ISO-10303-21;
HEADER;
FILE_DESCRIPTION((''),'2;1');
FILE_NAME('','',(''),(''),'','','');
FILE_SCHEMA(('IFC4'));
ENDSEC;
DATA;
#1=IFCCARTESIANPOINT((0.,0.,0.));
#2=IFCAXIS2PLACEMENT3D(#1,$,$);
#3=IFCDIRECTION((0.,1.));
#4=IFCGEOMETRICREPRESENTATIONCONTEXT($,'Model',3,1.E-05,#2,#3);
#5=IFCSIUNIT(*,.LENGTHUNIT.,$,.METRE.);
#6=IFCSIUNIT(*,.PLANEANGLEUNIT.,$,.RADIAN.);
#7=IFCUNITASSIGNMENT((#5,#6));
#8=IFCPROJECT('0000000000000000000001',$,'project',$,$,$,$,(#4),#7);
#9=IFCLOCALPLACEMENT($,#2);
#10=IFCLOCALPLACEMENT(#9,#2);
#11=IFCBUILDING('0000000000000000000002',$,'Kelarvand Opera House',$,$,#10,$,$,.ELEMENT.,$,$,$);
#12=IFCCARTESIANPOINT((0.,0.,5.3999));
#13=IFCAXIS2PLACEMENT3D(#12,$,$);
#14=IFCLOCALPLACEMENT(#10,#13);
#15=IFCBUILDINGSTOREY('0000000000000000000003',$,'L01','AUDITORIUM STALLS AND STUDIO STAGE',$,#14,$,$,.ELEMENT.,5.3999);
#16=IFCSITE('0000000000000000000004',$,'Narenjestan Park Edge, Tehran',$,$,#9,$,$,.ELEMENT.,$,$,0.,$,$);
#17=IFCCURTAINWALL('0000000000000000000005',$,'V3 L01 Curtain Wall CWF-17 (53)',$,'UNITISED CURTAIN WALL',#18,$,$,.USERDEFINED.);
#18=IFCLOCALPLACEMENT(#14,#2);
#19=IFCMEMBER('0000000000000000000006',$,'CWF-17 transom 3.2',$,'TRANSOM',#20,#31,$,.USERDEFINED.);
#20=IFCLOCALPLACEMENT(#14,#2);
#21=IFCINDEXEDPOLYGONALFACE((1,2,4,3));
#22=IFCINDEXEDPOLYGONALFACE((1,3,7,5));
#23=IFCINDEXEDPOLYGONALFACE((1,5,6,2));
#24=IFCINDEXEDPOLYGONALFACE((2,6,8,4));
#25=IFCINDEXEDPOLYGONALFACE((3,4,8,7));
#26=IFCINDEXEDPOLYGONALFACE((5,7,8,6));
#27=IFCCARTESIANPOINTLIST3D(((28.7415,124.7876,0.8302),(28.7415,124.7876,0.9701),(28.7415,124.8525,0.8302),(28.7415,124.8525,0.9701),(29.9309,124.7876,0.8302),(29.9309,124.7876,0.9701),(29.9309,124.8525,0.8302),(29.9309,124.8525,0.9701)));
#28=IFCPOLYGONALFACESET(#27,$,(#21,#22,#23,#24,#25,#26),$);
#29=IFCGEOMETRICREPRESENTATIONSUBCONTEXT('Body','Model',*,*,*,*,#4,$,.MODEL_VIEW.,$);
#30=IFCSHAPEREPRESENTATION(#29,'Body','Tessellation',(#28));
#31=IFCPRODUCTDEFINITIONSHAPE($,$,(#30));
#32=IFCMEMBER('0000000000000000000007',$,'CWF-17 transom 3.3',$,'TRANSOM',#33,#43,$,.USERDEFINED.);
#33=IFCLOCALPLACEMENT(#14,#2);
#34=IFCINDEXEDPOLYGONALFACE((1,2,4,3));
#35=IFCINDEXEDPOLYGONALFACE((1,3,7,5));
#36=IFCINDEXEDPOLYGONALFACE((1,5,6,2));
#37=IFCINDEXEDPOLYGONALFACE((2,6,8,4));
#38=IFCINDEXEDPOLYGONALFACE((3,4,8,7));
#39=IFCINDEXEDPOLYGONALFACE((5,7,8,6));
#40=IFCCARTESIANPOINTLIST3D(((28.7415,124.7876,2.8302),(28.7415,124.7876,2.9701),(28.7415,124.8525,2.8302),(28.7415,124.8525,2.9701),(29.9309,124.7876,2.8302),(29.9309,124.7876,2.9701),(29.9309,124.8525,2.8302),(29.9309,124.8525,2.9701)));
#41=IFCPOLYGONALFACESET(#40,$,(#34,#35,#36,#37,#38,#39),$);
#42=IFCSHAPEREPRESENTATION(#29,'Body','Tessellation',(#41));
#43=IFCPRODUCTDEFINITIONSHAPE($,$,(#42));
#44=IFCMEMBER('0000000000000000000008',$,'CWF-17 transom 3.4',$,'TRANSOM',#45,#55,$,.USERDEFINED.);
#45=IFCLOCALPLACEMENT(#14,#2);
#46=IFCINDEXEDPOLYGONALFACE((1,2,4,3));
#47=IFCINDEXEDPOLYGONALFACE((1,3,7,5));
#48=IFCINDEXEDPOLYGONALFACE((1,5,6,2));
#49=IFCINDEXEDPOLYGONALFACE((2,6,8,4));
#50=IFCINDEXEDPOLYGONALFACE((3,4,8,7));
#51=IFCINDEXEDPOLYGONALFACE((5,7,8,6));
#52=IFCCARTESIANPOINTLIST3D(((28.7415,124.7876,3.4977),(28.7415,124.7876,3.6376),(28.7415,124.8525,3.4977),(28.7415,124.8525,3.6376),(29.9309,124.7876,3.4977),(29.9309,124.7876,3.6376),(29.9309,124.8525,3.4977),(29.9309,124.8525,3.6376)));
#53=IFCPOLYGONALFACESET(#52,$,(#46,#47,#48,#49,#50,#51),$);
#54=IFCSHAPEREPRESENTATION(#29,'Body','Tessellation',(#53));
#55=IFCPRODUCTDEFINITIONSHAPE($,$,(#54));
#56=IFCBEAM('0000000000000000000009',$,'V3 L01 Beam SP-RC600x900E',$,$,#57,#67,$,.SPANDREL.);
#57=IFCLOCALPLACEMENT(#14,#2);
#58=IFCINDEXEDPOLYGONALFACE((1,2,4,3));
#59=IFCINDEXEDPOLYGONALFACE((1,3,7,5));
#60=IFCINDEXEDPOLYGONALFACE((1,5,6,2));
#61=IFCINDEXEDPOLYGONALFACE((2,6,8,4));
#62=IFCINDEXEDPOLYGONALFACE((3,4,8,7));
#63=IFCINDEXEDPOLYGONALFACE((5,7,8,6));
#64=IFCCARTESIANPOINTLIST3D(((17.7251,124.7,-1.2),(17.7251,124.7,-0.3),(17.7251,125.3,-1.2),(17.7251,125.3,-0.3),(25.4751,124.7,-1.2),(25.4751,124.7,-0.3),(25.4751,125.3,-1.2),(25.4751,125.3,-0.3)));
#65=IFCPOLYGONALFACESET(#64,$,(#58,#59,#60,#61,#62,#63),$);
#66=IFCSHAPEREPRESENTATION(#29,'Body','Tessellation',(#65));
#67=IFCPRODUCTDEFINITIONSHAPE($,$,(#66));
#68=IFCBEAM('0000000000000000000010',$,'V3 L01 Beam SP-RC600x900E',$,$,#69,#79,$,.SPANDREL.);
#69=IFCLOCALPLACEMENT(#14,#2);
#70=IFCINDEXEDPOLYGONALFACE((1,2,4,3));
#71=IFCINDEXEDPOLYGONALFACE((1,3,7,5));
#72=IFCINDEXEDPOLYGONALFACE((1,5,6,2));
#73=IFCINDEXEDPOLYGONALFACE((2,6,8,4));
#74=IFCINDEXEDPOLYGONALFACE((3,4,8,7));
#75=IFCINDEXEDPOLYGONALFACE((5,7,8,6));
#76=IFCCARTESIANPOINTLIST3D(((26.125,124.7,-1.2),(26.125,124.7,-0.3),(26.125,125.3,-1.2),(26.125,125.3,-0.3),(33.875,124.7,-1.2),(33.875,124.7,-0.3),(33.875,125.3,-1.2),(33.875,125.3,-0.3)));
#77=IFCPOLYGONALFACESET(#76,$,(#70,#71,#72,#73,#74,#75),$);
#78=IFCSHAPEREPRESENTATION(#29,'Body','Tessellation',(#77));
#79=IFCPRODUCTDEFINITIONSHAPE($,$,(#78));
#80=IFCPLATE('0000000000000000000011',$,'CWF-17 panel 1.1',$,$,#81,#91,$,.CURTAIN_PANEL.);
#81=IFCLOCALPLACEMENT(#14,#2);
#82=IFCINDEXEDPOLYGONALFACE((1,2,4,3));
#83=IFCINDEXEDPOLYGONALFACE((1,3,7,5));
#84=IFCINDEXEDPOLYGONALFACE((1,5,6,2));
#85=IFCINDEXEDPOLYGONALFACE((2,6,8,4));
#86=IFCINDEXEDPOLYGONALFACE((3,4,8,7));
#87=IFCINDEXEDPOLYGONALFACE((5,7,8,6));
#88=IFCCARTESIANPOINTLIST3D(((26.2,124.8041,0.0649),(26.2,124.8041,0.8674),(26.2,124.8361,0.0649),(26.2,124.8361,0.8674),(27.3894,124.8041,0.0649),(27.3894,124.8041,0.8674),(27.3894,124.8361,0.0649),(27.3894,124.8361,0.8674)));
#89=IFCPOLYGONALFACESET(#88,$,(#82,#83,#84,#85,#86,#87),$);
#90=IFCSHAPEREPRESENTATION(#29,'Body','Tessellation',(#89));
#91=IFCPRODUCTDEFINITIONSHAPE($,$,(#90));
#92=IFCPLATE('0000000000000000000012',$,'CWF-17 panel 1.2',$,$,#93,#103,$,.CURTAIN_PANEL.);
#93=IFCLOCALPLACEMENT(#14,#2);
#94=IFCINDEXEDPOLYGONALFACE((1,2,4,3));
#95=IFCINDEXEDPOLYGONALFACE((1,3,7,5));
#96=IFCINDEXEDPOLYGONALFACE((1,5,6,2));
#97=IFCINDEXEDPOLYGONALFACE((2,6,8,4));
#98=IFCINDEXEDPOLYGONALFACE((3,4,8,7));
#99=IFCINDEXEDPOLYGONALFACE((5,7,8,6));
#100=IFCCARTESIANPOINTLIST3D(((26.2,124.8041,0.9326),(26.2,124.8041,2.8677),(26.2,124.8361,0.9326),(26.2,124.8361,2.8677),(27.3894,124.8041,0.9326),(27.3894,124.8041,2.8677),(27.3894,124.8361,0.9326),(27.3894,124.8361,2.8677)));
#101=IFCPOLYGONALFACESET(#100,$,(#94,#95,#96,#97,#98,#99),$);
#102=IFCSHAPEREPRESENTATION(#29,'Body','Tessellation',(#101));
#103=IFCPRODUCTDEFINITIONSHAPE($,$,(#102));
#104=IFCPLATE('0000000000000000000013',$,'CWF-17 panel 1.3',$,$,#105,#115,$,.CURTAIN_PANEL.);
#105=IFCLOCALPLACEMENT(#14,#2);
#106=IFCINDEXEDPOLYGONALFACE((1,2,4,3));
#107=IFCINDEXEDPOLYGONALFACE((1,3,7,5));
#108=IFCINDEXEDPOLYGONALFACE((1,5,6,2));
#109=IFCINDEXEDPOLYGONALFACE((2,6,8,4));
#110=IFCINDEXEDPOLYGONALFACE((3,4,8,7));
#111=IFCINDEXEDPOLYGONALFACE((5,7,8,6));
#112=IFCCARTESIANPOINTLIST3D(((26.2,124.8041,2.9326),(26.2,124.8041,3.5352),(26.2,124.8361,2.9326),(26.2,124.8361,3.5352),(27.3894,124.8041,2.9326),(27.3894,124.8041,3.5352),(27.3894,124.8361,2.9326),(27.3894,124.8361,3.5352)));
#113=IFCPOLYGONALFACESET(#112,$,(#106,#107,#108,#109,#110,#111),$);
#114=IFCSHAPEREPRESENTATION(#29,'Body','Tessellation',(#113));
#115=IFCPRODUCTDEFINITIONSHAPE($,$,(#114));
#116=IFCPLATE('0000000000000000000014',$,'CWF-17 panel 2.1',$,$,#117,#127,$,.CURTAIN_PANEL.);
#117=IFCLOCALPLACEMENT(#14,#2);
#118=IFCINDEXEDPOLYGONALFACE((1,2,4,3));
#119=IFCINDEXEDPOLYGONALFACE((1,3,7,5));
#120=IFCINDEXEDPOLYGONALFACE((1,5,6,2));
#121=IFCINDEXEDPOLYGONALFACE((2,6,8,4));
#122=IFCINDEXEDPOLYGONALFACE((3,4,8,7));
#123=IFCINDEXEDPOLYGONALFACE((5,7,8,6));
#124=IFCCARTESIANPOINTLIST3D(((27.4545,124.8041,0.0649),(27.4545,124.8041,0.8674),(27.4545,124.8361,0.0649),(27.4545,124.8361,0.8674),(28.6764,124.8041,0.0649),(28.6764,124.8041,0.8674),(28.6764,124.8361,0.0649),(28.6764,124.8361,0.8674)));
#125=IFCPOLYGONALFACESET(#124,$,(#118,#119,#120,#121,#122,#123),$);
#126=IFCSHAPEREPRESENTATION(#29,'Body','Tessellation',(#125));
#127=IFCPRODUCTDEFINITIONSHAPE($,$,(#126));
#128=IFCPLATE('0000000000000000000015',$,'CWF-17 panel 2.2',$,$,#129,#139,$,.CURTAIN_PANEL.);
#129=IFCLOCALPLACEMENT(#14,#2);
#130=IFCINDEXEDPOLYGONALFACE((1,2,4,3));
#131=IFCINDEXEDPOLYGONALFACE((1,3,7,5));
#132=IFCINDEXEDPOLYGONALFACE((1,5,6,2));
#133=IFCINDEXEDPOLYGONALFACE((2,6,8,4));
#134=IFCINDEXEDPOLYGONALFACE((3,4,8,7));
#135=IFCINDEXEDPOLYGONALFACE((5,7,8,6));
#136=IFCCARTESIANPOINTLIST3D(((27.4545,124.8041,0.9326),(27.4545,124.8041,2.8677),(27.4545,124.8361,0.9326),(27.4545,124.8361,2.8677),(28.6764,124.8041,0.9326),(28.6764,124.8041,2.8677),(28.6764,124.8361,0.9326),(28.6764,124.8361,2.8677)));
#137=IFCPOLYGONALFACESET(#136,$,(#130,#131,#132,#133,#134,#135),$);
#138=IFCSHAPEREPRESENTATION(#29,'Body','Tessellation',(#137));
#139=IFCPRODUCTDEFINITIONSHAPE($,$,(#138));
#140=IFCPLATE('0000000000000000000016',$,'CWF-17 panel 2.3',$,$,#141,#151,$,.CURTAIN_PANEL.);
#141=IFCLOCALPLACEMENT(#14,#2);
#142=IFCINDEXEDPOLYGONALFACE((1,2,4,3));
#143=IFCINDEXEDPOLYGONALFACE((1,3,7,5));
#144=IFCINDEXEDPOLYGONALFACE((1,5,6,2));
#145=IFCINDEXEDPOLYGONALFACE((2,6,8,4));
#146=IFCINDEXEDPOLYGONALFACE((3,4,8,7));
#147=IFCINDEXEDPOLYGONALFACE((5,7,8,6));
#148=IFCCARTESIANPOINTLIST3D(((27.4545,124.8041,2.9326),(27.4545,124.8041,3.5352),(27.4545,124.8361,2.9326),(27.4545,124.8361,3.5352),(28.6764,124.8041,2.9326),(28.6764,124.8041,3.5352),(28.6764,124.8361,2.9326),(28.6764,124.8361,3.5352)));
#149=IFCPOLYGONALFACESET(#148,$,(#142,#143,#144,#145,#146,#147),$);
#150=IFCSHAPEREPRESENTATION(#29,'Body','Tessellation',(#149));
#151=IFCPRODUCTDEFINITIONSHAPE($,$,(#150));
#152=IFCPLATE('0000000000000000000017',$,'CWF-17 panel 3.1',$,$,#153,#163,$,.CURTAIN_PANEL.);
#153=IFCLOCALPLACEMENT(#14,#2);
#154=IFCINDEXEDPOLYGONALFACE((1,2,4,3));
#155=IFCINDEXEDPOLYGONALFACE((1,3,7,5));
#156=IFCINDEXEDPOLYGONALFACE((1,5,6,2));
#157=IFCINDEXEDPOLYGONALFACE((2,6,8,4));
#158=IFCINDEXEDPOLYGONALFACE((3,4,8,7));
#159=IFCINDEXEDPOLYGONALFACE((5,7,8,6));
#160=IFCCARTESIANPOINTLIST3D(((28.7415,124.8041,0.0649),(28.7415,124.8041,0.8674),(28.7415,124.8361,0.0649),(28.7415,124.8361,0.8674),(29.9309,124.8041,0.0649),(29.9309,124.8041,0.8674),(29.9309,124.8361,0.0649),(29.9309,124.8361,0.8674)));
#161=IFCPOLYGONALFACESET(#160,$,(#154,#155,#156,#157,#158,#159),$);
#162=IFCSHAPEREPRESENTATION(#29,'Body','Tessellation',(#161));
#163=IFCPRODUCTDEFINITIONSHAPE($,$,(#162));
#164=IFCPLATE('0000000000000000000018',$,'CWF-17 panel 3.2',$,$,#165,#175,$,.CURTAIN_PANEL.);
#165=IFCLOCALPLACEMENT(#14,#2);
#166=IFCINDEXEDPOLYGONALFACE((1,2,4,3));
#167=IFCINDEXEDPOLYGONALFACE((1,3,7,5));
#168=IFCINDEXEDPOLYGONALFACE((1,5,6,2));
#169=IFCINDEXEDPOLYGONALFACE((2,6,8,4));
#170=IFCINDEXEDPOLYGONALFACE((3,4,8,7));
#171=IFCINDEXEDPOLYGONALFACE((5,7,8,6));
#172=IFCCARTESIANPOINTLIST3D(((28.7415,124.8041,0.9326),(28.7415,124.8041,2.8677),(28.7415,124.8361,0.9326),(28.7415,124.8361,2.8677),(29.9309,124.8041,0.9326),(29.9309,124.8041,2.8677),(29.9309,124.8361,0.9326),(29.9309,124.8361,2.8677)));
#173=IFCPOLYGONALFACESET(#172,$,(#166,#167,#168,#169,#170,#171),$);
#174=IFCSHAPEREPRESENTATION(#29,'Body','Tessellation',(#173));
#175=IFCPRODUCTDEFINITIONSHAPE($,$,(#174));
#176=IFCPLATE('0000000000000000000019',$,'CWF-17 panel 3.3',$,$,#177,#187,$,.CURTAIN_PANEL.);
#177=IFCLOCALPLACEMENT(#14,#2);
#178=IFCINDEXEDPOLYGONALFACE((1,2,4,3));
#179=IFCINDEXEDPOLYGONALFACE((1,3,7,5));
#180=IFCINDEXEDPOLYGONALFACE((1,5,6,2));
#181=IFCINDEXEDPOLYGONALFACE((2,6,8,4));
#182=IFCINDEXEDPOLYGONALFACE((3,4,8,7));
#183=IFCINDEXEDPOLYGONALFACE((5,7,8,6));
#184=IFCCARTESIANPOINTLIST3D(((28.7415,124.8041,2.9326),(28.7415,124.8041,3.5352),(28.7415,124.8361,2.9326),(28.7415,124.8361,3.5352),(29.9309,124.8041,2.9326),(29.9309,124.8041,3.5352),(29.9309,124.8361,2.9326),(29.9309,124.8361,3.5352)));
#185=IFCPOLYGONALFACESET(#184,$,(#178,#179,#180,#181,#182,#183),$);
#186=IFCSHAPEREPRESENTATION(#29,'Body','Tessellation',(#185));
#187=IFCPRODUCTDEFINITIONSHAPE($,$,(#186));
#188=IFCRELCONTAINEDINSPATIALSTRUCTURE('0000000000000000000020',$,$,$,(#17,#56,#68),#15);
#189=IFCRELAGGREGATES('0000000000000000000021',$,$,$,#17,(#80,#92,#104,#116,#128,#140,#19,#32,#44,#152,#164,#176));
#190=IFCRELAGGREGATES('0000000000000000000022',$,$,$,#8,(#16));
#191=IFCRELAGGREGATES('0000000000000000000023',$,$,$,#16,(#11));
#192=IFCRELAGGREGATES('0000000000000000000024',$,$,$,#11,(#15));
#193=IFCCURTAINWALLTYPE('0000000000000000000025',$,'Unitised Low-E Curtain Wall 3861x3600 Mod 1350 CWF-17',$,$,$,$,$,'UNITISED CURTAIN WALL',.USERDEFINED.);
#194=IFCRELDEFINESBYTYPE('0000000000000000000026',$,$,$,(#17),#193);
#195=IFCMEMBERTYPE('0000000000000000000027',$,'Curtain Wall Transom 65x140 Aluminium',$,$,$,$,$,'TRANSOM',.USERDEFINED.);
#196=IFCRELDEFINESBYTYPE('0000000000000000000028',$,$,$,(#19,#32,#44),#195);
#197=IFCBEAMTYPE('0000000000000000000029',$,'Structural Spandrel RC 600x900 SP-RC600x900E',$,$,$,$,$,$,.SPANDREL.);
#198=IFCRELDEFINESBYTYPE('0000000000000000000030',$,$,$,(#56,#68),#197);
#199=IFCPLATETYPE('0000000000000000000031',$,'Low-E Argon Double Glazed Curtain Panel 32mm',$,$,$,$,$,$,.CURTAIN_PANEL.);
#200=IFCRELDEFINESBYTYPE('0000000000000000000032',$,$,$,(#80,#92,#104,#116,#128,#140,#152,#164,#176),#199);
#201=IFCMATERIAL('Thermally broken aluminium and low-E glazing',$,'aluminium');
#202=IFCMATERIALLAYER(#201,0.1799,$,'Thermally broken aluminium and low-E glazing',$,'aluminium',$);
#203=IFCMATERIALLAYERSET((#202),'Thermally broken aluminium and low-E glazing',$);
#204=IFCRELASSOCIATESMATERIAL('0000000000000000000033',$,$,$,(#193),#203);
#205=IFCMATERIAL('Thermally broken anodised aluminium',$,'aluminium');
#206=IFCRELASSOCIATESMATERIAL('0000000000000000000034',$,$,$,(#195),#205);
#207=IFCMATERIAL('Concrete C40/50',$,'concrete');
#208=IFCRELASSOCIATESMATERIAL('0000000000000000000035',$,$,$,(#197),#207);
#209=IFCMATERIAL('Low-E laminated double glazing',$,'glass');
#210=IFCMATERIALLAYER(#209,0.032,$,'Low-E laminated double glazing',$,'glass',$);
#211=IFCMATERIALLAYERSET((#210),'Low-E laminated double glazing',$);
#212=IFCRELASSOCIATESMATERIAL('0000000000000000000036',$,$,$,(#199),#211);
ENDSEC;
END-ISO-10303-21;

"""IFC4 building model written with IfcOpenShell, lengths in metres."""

from ifc_helpers import new_model, si_unit, direction, frame, origin, origin_2d, place, context, subcontext, project, spatial, rectangle, extrude, material, layer, layer_set, material_profile, profile_set, type_object, element, aggregate, save


model = new_model("IFC4")

# Units and contexts
model_context = context("Model", 3, precision=1e-05, world=origin(), true_north=direction((0.0, 1.0)))
body_context = subcontext(model_context, "Body", "Model", "MODEL_VIEW")
ifc_project = project(units=[si_unit("LENGTHUNIT", "METRE"), si_unit("PLANEANGLEUNIT", "RADIAN")], contexts=[model_context])

# Site, building, storey
site_placement = place(None, origin())
site = spatial("IfcSite", under=ifc_project, at=site_placement, Name="Narenjestan Park Edge, Tehran", CompositionType="ELEMENT", RefElevation=0.0)
building_placement = place(site_placement, origin())
building = spatial("IfcBuilding", under=site, at=building_placement, Name="Kelarvand Opera House", CompositionType="ELEMENT")
storey_placement = place(building_placement, frame((0.0, 0.0, 5.3999)))
storey = spatial("IfcBuildingStorey", under=building, at=storey_placement, Name="L01", Description="AUDITORIUM STALLS AND STUDIO STAGE", CompositionType="ELEMENT", Elevation=5.3999)

# Shared definitions
ifc_material_1 = material(Name="Concrete C40/50", Category="concrete")

# Curtain wall, members
ifc_material_2 = material(Name="Thermally broken aluminium and low-E glazing", Category="aluminium")
ifc_layer_1 = layer(ifc_material_2, 0.1799, Name="Thermally broken aluminium and low-E glazing", Category="aluminium")
ifc_layer_set_1 = layer_set([ifc_layer_1], Name="Thermally broken aluminium and low-E glazing")
curtain_wall_type = type_object("IfcCurtainWallType", Name="Unitised Low-E Curtain Wall 3861x3600 Mod 1350 CWF-17", ElementType="UNITISED CURTAIN WALL", PredefinedType="USERDEFINED", material=ifc_layer_set_1)
curtain_wall_placement = place(storey_placement, origin())
curtain_wall = element("IfcCurtainWall", 1, at=curtain_wall_placement, inside=storey, type_object=curtain_wall_type, Name="V3 L01 Curtain Wall CWF-17 (53)", ObjectType="UNITISED CURTAIN WALL", PredefinedType="USERDEFINED")
ifc_material_3 = material(Name="Thermally broken anodised aluminium", Category="aluminium")
ifc_material_profile_1 = material_profile(ifc_material_3, rectangle(XDim=0.0649, YDim=0.1399, at=origin_2d()), Name="ALU TRANSOM 65x140", Category="aluminium")
ifc_profile_set_1 = profile_set([ifc_material_profile_1], Name="Thermally broken anodised aluminium")
member_type_1 = type_object("IfcMemberType", Name="Curtain Wall Transom 65x140 Aluminium", ElementType="TRANSOM", PredefinedType="USERDEFINED", material=ifc_profile_set_1)
member_1_placement = place(storey_placement, frame((28.7415, 124.8201, 0.9001), z_axis=(1.0, 0.0, 0.0), x_axis=(0.0, 1.0, 0.0)))
member_1 = element("IfcMember", 2, at=member_1_placement, type_object=member_type_1, Name="CWF-17 transom 3.2", ObjectType="TRANSOM", PredefinedType="USERDEFINED", context=body_context, shape_type="SweptSolid", body=[
    extrude(rectangle(XDim=0.0649, YDim=0.1399, at=origin_2d()), origin(), (0.0, 0.0, 1.0), 1.1895),
])
member_2_placement = place(storey_placement, frame((28.7415, 124.8201, 2.9001), z_axis=(1.0, 0.0, 0.0), x_axis=(0.0, 1.0, 0.0)))
member_2 = element("IfcMember", 3, at=member_2_placement, type_object=member_type_1, Name="CWF-17 transom 3.3", ObjectType="TRANSOM", PredefinedType="USERDEFINED", context=body_context, shape_type="SweptSolid", body=[
    extrude(rectangle(XDim=0.0649, YDim=0.1399, at=origin_2d()), origin(), (0.0, 0.0, 1.0), 1.1895),
])
member_3_placement = place(storey_placement, frame((28.7415, 124.8201, 3.5676), z_axis=(1.0, 0.0, 0.0), x_axis=(0.0, 1.0, 0.0)))
member_3 = element("IfcMember", 4, at=member_3_placement, type_object=member_type_1, Name="CWF-17 transom 3.4", ObjectType="TRANSOM", PredefinedType="USERDEFINED", context=body_context, shape_type="SweptSolid", body=[
    extrude(rectangle(XDim=0.0649, YDim=0.1399, at=origin_2d()), origin(), (0.0, 0.0, 1.0), 1.1895),
])

# Beams
ifc_material_profile_2 = material_profile(ifc_material_1, rectangle(XDim=0.6001, YDim=0.8999, at=origin_2d()), Name="RC 600x900", Category="concrete")
ifc_profile_set_2 = profile_set([ifc_material_profile_2], Name="Concrete C40/50")
beam_type = type_object("IfcBeamType", Name="Structural Spandrel RC 600x900 SP-RC600x900E", PredefinedType="SPANDREL", material=ifc_profile_set_2)
for number, where, z_axis, x_axis, name in (
    (5, (17.7251, 125.0, -0.75), (1.0, 0.0, 0.0), (0.0, 1.0, 0.0), "V3 L01 Beam SP-RC600x900E"),
    (6, (26.125, 125.0, -0.75), (1.0, 0.0, 0.0), (0.0, 1.0, 0.0), "V3 L01 Beam SP-RC600x900E"),
):
    element("IfcBeam", number, at=place(storey_placement, frame(where, z_axis=z_axis, x_axis=x_axis)), inside=storey, type_object=beam_type, Name=name, PredefinedType="SPANDREL", context=body_context, shape_type="SweptSolid", body=[
        extrude(rectangle(XDim=0.6001, YDim=0.8999, at=origin_2d()), origin(), (0.0, 0.0, 1.0), 7.75),
    ])

# Plates
ifc_material_4 = material(Name="Low-E laminated double glazing", Category="glass")
ifc_layer_2 = layer(ifc_material_4, 0.032, Name="Low-E laminated double glazing", Category="glass")
ifc_layer_set_2 = layer_set([ifc_layer_2], Name="Low-E laminated double glazing")
plate_type = type_object("IfcPlateType", Name="Low-E Argon Double Glazed Curtain Panel 32mm", PredefinedType="CURTAIN_PANEL", material=ifc_layer_set_2)
plate_1_placement = place(storey_placement, frame((26.7947, 124.8201, 0.0649), z_axis=(0.0, 0.0, 1.0), x_axis=(1.0, 0.0, 0.0)))
plate_1 = element("IfcPlate", 7, at=plate_1_placement, type_object=plate_type, Name="CWF-17 panel 1.1", PredefinedType="CURTAIN_PANEL", context=body_context, shape_type="SweptSolid", body=[
    extrude(rectangle(XDim=1.1895, YDim=0.032, at=origin_2d()), origin(), (0.0, 0.0, 1.0), 0.8025),
])
plate_2_placement = place(storey_placement, frame((26.7947, 124.8201, 0.9326), z_axis=(0.0, 0.0, 1.0), x_axis=(1.0, 0.0, 0.0)))
plate_2 = element("IfcPlate", 8, at=plate_2_placement, type_object=plate_type, Name="CWF-17 panel 1.2", PredefinedType="CURTAIN_PANEL", context=body_context, shape_type="SweptSolid", body=[
    extrude(rectangle(XDim=1.1895, YDim=0.032, at=origin_2d()), origin(), (0.0, 0.0, 1.0), 1.9351),
])
plate_3_placement = place(storey_placement, frame((26.7947, 124.8201, 2.9326), z_axis=(0.0, 0.0, 1.0), x_axis=(1.0, 0.0, 0.0)))
plate_3 = element("IfcPlate", 9, at=plate_3_placement, type_object=plate_type, Name="CWF-17 panel 1.3", PredefinedType="CURTAIN_PANEL", context=body_context, shape_type="SweptSolid", body=[
    extrude(rectangle(XDim=1.1895, YDim=0.032, at=origin_2d()), origin(), (0.0, 0.0, 1.0), 0.6025),
])
plate_4_placement = place(storey_placement, frame((28.0654, 124.8201, 0.0649), z_axis=(0.0, 0.0, 1.0), x_axis=(1.0, 0.0, 0.0)))
plate_4 = element("IfcPlate", 10, at=plate_4_placement, type_object=plate_type, Name="CWF-17 panel 2.1", PredefinedType="CURTAIN_PANEL", context=body_context, shape_type="SweptSolid", body=[
    extrude(rectangle(XDim=1.2219, YDim=0.032, at=origin_2d()), origin(), (0.0, 0.0, 1.0), 0.8025),
])
plate_5_placement = place(storey_placement, frame((28.0654, 124.8201, 0.9326), z_axis=(0.0, 0.0, 1.0), x_axis=(1.0, 0.0, 0.0)))
plate_5 = element("IfcPlate", 11, at=plate_5_placement, type_object=plate_type, Name="CWF-17 panel 2.2", PredefinedType="CURTAIN_PANEL", context=body_context, shape_type="SweptSolid", body=[
    extrude(rectangle(XDim=1.2219, YDim=0.032, at=origin_2d()), origin(), (0.0, 0.0, 1.0), 1.9351),
])
plate_6_placement = place(storey_placement, frame((28.0654, 124.8201, 2.9326), z_axis=(0.0, 0.0, 1.0), x_axis=(1.0, 0.0, 0.0)))
plate_6 = element("IfcPlate", 12, at=plate_6_placement, type_object=plate_type, Name="CWF-17 panel 2.3", PredefinedType="CURTAIN_PANEL", context=body_context, shape_type="SweptSolid", body=[
    extrude(rectangle(XDim=1.2219, YDim=0.032, at=origin_2d()), origin(), (0.0, 0.0, 1.0), 0.6025),
])
plate_7_placement = place(storey_placement, frame((29.3362, 124.8201, 0.0649), z_axis=(0.0, 0.0, 1.0), x_axis=(1.0, 0.0, 0.0)))
plate_7 = element("IfcPlate", 13, at=plate_7_placement, type_object=plate_type, Name="CWF-17 panel 3.1", PredefinedType="CURTAIN_PANEL", context=body_context, shape_type="SweptSolid", body=[
    extrude(rectangle(XDim=1.1895, YDim=0.032, at=origin_2d()), origin(), (0.0, 0.0, 1.0), 0.8025),
])
plate_8_placement = place(storey_placement, frame((29.3362, 124.8201, 0.9326), z_axis=(0.0, 0.0, 1.0), x_axis=(1.0, 0.0, 0.0)))
plate_8 = element("IfcPlate", 14, at=plate_8_placement, type_object=plate_type, Name="CWF-17 panel 3.2", PredefinedType="CURTAIN_PANEL", context=body_context, shape_type="SweptSolid", body=[
    extrude(rectangle(XDim=1.1895, YDim=0.032, at=origin_2d()), origin(), (0.0, 0.0, 1.0), 1.9351),
])
plate_9_placement = place(storey_placement, frame((29.3362, 124.8201, 2.9326), z_axis=(0.0, 0.0, 1.0), x_axis=(1.0, 0.0, 0.0)))
plate_9 = element("IfcPlate", 15, at=plate_9_placement, type_object=plate_type, Name="CWF-17 panel 3.3", PredefinedType="CURTAIN_PANEL", context=body_context, shape_type="SweptSolid", body=[
    extrude(rectangle(XDim=1.1895, YDim=0.032, at=origin_2d()), origin(), (0.0, 0.0, 1.0), 0.6025),
])
aggregate(curtain_wall, [plate_1, plate_2, plate_3, plate_4, plate_5, plate_6, member_1, member_2, member_3, plate_7, plate_8, plate_9])

save(model, "model.ifc")
